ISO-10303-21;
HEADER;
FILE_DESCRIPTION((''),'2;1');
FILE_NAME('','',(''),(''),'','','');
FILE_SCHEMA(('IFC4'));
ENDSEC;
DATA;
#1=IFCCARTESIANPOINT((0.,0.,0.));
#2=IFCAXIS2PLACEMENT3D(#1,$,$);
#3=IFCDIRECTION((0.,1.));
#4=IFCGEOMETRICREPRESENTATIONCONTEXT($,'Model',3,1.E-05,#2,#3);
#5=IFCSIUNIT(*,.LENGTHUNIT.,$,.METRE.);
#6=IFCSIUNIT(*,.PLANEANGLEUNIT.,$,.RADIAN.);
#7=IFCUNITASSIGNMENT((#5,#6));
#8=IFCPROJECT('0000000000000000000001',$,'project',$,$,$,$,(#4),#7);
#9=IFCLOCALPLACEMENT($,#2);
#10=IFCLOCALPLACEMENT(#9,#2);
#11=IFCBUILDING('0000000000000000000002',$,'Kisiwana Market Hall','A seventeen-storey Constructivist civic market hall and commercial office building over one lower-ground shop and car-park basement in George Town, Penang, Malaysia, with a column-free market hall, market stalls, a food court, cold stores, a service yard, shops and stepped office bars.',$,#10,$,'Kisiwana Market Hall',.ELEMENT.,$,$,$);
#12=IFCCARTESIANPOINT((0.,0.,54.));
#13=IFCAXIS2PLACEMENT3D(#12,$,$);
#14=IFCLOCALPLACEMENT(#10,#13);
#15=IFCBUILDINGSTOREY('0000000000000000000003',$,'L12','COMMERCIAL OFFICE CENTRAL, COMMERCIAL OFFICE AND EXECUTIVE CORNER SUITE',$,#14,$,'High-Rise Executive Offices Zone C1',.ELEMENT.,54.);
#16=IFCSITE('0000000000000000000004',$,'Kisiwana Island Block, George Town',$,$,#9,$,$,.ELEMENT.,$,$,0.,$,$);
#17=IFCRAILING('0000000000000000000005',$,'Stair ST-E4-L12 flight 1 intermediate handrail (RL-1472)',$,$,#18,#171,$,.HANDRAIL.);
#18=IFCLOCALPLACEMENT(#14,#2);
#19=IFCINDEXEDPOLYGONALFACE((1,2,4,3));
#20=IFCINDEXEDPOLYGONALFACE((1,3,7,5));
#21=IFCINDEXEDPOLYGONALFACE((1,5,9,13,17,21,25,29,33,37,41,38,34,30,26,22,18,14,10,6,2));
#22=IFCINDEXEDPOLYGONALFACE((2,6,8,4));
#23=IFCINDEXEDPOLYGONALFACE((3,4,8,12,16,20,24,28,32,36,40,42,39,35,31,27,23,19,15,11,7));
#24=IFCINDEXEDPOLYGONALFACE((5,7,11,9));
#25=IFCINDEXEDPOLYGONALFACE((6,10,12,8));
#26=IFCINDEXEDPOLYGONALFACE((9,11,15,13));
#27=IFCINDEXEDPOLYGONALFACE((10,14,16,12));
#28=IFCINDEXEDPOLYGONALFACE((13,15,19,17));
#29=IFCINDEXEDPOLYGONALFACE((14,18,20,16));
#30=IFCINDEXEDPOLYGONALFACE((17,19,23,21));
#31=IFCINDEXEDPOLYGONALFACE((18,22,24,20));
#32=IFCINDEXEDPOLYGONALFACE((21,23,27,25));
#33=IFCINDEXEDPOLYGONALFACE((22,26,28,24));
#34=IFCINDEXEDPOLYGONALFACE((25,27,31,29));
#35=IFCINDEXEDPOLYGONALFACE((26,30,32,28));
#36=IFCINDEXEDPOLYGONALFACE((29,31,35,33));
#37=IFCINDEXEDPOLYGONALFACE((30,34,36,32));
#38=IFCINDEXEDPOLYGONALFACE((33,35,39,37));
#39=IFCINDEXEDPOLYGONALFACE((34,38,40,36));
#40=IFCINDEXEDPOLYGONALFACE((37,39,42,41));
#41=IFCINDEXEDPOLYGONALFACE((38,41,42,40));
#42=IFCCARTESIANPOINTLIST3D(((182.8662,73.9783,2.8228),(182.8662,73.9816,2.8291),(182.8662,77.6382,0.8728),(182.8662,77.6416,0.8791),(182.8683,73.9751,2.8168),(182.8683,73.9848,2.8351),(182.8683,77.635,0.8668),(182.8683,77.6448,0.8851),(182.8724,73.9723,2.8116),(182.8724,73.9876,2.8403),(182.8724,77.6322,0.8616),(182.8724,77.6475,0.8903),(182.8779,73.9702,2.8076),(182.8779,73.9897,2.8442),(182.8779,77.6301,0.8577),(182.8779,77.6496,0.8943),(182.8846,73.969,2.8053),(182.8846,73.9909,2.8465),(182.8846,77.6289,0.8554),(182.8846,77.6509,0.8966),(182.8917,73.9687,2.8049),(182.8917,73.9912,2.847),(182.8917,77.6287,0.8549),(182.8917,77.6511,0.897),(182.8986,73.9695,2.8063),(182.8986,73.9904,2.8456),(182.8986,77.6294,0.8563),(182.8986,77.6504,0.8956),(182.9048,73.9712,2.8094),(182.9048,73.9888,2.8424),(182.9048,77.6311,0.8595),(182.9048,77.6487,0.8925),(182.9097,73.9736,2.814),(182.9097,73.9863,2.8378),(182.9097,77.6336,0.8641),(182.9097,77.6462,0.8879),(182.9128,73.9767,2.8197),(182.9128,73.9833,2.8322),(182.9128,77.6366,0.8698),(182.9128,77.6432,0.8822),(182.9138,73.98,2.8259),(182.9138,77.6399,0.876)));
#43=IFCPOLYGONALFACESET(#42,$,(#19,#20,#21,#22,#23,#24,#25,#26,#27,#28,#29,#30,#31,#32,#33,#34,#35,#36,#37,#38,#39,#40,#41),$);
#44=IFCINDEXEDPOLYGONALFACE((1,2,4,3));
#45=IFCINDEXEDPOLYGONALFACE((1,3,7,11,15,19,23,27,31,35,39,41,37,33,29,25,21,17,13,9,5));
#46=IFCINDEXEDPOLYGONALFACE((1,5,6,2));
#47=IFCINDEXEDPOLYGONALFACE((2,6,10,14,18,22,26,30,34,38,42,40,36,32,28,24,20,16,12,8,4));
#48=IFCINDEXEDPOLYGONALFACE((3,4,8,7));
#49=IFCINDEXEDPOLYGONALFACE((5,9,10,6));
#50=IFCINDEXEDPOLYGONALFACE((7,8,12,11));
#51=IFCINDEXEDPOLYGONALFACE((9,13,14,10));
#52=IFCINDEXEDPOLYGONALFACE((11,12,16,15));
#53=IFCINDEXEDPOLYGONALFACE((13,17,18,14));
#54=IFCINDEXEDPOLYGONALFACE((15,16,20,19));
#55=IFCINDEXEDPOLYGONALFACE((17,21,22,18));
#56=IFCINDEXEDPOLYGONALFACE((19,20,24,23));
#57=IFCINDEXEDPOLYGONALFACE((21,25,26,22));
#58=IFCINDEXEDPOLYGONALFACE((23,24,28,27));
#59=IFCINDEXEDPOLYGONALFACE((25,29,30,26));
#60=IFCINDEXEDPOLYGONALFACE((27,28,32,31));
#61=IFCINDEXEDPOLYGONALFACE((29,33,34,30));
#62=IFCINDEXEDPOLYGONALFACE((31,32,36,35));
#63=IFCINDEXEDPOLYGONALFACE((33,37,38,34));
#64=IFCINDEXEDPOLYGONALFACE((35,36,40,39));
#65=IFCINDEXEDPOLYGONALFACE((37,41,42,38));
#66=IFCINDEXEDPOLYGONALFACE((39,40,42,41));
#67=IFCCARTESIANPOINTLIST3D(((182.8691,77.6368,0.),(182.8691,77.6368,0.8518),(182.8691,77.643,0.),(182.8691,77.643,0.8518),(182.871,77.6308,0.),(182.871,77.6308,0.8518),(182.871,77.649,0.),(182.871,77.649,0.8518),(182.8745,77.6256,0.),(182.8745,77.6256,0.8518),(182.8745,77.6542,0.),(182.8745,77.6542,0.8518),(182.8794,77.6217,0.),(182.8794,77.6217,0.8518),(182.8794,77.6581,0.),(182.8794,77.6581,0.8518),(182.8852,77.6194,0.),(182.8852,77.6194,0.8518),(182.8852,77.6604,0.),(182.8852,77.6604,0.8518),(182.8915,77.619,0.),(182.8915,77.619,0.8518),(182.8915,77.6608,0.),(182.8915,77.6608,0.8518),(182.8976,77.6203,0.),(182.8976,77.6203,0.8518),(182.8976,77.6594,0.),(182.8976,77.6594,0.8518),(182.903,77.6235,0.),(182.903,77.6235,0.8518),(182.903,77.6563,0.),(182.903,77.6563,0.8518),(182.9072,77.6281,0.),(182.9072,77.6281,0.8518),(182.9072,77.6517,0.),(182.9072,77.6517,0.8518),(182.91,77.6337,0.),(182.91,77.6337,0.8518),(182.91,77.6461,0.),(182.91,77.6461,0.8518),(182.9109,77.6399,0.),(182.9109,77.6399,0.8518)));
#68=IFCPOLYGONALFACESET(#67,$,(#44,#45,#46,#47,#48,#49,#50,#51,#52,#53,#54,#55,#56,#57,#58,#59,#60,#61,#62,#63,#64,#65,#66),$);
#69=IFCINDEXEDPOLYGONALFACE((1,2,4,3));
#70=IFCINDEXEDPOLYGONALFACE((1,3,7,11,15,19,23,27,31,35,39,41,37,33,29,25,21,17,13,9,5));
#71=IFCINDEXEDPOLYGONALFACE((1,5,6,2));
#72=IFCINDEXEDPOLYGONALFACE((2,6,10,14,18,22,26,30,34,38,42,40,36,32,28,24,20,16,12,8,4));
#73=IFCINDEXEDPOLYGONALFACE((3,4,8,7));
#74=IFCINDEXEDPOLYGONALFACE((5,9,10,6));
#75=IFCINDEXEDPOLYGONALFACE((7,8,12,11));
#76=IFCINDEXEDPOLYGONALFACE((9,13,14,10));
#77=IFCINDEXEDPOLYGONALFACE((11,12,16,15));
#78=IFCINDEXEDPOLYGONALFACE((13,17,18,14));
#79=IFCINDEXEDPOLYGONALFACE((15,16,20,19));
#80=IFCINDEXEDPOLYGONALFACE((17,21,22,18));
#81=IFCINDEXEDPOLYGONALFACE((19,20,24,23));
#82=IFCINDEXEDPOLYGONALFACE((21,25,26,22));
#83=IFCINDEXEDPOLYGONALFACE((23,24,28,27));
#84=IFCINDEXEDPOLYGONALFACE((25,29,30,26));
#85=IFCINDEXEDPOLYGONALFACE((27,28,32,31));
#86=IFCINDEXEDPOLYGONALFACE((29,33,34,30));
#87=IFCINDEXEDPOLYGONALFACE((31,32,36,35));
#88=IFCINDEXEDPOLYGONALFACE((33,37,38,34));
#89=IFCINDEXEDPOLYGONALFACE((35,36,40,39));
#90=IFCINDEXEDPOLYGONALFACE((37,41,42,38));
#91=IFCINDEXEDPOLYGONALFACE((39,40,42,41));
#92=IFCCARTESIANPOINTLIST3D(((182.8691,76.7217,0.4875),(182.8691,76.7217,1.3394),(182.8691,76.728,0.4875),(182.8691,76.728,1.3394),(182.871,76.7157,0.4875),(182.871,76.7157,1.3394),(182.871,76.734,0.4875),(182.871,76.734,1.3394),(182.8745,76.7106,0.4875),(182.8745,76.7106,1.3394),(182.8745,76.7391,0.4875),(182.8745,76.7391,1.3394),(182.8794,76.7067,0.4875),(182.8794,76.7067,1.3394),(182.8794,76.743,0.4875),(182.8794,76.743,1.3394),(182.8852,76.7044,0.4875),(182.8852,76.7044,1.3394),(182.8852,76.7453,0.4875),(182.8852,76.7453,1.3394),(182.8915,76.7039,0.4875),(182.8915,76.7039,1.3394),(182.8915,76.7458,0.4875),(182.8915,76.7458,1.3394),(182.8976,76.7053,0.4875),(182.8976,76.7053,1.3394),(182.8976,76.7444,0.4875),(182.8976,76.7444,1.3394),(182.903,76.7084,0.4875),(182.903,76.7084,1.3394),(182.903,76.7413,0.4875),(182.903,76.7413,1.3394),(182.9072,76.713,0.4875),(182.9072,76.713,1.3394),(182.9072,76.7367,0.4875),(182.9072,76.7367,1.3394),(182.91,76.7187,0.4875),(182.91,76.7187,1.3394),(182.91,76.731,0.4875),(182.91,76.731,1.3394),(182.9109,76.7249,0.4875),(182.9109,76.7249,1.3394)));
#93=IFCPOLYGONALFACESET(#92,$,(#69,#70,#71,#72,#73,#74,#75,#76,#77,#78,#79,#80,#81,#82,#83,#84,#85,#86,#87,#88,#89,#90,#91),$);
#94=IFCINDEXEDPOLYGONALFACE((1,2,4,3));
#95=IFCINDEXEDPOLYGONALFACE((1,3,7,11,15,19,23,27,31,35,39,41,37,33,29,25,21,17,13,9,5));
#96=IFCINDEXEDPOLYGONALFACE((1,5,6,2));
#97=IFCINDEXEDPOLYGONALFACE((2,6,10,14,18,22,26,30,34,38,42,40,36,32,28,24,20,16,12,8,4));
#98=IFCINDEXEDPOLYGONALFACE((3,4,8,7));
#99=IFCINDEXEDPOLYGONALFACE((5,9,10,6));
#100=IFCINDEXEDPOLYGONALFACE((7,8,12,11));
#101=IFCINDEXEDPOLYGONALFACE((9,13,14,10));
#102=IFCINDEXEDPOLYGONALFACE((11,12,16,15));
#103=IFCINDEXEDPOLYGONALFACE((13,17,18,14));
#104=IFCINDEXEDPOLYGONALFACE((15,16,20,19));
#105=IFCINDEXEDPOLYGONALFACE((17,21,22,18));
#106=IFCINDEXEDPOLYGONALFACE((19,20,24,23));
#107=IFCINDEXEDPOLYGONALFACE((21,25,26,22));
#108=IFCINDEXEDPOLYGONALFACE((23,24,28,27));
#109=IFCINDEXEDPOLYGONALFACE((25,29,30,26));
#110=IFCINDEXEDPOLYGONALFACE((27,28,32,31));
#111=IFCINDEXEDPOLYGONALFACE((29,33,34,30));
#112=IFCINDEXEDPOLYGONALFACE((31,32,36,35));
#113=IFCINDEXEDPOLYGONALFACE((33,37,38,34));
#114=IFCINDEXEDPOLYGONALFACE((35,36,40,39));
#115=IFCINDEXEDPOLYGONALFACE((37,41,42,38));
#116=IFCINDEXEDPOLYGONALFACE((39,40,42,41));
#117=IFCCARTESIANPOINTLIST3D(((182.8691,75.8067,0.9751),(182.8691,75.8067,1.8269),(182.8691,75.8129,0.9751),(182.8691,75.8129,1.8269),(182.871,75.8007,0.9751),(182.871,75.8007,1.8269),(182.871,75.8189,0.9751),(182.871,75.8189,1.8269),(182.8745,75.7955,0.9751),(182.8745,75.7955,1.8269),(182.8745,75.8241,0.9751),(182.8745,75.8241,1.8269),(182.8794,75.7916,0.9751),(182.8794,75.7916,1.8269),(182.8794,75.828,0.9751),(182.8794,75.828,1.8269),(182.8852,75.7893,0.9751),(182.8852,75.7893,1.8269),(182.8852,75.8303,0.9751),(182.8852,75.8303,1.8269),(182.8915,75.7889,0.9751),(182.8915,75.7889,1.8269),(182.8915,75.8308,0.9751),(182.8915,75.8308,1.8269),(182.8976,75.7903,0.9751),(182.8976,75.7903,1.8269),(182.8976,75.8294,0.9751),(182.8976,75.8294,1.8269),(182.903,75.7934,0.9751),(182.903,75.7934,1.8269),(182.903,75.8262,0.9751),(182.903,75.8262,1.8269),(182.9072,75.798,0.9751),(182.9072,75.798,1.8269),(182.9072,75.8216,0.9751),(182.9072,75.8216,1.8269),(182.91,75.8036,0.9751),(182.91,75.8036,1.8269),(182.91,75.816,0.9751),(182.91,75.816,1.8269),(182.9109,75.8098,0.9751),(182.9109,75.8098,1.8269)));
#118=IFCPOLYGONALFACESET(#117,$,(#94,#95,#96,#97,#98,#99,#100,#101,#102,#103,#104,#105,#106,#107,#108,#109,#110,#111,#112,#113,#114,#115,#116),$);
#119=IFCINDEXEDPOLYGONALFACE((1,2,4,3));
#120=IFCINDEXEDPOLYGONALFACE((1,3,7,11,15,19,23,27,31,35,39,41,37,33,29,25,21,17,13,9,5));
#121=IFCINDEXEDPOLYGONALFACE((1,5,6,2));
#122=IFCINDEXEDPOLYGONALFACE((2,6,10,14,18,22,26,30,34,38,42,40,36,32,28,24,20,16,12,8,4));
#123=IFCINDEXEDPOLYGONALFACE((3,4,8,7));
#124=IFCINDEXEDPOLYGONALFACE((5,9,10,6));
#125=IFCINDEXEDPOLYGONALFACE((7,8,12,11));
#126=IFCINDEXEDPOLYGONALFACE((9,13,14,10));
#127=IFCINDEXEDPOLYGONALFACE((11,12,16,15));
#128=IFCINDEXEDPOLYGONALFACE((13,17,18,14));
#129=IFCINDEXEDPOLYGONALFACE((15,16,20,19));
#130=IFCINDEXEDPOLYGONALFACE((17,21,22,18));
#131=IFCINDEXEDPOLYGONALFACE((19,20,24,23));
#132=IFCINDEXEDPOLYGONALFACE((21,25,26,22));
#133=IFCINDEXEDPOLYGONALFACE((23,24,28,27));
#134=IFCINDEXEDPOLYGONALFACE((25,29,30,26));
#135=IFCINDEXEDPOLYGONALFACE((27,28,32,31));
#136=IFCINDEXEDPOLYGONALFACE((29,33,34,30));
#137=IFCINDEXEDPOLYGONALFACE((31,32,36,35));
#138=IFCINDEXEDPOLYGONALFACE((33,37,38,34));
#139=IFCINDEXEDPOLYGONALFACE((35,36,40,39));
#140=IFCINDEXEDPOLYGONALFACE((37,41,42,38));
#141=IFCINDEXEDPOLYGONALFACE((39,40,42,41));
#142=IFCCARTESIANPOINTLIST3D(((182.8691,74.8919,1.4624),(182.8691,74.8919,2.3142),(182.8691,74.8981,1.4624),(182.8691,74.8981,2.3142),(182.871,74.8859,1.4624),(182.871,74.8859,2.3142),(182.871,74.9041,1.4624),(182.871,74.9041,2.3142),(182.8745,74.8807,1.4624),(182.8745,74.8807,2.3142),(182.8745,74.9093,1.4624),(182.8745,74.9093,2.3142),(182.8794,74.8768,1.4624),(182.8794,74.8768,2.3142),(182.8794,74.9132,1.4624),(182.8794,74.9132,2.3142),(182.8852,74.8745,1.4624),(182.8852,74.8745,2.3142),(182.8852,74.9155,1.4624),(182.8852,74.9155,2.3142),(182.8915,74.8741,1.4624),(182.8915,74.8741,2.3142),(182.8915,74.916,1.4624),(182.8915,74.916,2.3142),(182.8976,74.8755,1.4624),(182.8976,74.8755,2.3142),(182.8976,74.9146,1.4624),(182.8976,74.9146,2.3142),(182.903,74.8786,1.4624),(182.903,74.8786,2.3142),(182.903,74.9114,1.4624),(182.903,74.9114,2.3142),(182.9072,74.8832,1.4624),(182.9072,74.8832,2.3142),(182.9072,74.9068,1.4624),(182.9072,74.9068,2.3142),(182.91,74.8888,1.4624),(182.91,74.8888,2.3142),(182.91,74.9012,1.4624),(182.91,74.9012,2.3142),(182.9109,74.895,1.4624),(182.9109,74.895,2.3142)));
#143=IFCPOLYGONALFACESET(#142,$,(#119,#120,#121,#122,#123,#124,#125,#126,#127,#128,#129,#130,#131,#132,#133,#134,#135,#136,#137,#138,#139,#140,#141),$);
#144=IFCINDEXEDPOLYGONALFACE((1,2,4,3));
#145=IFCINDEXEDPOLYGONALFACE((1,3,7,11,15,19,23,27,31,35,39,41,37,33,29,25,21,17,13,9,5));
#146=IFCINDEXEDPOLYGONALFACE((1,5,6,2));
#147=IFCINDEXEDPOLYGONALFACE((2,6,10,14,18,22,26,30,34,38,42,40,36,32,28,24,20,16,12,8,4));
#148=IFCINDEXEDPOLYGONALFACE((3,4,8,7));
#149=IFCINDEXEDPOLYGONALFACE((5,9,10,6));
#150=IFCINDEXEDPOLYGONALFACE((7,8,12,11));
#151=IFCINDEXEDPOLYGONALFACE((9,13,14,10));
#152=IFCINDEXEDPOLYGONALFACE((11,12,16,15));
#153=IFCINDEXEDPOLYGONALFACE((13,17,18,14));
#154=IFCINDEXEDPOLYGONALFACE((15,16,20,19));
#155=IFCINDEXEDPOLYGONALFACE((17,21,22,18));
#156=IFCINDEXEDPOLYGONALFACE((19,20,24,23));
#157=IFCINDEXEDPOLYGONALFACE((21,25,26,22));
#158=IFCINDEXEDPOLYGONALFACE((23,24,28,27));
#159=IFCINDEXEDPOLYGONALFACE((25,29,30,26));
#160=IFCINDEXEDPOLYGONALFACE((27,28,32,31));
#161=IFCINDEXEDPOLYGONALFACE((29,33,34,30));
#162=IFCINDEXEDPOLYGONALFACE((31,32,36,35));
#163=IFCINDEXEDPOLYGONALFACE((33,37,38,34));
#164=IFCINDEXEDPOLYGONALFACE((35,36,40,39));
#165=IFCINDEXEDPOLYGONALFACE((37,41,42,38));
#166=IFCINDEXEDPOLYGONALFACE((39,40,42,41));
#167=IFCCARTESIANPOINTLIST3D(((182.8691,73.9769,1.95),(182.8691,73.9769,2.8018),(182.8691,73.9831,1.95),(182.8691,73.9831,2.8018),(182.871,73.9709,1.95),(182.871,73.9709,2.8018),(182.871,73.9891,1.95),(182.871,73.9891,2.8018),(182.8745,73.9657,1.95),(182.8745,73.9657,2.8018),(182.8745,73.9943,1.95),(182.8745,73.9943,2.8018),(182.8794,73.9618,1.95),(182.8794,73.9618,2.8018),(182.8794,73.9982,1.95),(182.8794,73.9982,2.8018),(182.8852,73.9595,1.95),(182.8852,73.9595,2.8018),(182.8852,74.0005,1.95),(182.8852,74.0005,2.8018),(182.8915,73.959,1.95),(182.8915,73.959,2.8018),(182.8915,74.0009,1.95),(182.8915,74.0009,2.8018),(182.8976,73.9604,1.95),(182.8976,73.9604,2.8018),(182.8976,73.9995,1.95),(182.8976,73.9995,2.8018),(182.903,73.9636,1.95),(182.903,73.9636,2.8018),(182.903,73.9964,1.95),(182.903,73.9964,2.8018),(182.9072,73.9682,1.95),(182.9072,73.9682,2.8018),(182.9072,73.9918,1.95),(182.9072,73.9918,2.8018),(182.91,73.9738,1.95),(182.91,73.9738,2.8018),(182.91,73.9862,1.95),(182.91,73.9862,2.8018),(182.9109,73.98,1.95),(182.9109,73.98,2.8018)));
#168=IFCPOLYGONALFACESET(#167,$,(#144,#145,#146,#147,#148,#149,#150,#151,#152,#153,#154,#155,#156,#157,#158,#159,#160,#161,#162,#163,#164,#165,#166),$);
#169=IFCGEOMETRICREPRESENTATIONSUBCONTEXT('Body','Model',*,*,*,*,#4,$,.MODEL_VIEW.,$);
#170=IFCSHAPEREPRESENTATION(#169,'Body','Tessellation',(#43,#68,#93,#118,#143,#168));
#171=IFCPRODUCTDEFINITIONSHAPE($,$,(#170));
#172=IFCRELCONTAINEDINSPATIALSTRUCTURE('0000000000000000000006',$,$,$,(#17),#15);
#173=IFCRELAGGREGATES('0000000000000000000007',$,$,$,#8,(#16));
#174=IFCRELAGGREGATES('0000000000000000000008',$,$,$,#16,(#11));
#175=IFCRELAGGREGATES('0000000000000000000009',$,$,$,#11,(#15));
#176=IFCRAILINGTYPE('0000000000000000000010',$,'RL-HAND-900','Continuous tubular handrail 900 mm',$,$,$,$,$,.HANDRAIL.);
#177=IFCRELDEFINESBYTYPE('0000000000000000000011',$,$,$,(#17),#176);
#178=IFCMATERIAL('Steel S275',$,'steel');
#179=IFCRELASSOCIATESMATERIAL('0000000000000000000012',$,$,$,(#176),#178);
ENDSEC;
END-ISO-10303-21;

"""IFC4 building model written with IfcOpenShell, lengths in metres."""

from ifc_helpers import new_model, si_unit, direction, frame, origin, origin_2d, place, context, subcontext, project, spatial, circle, extrude, material, type_object, element, save


model = new_model("IFC4")

# Units and contexts
model_context = context("Model", 3, precision=1e-05, world=origin(), true_north=direction((0.0, 1.0)))
body_context = subcontext(model_context, "Body", "Model", "MODEL_VIEW")
ifc_project = project(units=[si_unit("LENGTHUNIT", "METRE"), si_unit("PLANEANGLEUNIT", "RADIAN")], contexts=[model_context])

# Site, building, storey
site_placement = place(None, origin())
site = spatial("IfcSite", under=ifc_project, at=site_placement, Name="Kisiwana Island Block, George Town", CompositionType="ELEMENT", RefElevation=0.0)
building_placement = place(site_placement, origin())
building = spatial("IfcBuilding", under=site, at=building_placement, Name="Kisiwana Market Hall", Description="A seventeen-storey Constructivist civic market hall and commercial office building over one lower-ground shop and car-park basement in George Town, Penang, Malaysia, with a column-free market hall, market stalls, a food court, cold stores, a service yard, shops and stepped office bars.", LongName="Kisiwana Market Hall", CompositionType="ELEMENT")
storey_placement = place(building_placement, frame((0.0, 0.0, 54.0)))
storey = spatial("IfcBuildingStorey", under=building, at=storey_placement, Name="L12", Description="COMMERCIAL OFFICE CENTRAL, COMMERCIAL OFFICE AND EXECUTIVE CORNER SUITE", LongName="High-Rise Executive Offices Zone C1", CompositionType="ELEMENT", Elevation=54.0)

# Railing
ifc_material_1 = material(Name="Steel S275", Category="steel")
railing_type_1 = type_object("IfcRailingType", Name="RL-HAND-900", Description="Continuous tubular handrail 900 mm", PredefinedType="HANDRAIL", material=ifc_material_1)
railing_1_placement = place(storey_placement, frame((182.8899, 77.6399, 0.0)))
element("IfcRailing", 1, at=railing_1_placement, inside=storey, type_object=railing_type_1, Name="Stair ST-E4-L12 flight 1 intermediate handrail (RL-1472)", PredefinedType="HANDRAIL", context=body_context, shape_type="SweptSolid", body=[
    extrude(circle(Radius=0.0239, at=origin_2d()), frame((0.0, 0.0, 0.876), z_axis=(0.0, -0.882553, 0.470212), x_axis=(1.0, 0.0, 0.0)), (0.0, 0.0, 1.0), 4.147),
    extrude(circle(Radius=0.021, at=origin_2d()), origin(), (0.0, 0.0, 1.0), 0.8518),
    extrude(circle(Radius=0.021, at=origin_2d()), frame((0.0, -0.915, 0.4875)), (0.0, 0.0, 1.0), 0.8518),
    extrude(circle(Radius=0.021, at=origin_2d()), frame((0.0, -1.8301, 0.9751)), (0.0, 0.0, 1.0), 0.8518),
    extrude(circle(Radius=0.021, at=origin_2d()), frame((0.0, -2.7449, 1.4624)), (0.0, 0.0, 1.0), 0.8518),
    extrude(circle(Radius=0.021, at=origin_2d()), frame((0.0, -3.6599, 1.95)), (0.0, 0.0, 1.0), 0.8518),
])

save(model, "model.ifc")
